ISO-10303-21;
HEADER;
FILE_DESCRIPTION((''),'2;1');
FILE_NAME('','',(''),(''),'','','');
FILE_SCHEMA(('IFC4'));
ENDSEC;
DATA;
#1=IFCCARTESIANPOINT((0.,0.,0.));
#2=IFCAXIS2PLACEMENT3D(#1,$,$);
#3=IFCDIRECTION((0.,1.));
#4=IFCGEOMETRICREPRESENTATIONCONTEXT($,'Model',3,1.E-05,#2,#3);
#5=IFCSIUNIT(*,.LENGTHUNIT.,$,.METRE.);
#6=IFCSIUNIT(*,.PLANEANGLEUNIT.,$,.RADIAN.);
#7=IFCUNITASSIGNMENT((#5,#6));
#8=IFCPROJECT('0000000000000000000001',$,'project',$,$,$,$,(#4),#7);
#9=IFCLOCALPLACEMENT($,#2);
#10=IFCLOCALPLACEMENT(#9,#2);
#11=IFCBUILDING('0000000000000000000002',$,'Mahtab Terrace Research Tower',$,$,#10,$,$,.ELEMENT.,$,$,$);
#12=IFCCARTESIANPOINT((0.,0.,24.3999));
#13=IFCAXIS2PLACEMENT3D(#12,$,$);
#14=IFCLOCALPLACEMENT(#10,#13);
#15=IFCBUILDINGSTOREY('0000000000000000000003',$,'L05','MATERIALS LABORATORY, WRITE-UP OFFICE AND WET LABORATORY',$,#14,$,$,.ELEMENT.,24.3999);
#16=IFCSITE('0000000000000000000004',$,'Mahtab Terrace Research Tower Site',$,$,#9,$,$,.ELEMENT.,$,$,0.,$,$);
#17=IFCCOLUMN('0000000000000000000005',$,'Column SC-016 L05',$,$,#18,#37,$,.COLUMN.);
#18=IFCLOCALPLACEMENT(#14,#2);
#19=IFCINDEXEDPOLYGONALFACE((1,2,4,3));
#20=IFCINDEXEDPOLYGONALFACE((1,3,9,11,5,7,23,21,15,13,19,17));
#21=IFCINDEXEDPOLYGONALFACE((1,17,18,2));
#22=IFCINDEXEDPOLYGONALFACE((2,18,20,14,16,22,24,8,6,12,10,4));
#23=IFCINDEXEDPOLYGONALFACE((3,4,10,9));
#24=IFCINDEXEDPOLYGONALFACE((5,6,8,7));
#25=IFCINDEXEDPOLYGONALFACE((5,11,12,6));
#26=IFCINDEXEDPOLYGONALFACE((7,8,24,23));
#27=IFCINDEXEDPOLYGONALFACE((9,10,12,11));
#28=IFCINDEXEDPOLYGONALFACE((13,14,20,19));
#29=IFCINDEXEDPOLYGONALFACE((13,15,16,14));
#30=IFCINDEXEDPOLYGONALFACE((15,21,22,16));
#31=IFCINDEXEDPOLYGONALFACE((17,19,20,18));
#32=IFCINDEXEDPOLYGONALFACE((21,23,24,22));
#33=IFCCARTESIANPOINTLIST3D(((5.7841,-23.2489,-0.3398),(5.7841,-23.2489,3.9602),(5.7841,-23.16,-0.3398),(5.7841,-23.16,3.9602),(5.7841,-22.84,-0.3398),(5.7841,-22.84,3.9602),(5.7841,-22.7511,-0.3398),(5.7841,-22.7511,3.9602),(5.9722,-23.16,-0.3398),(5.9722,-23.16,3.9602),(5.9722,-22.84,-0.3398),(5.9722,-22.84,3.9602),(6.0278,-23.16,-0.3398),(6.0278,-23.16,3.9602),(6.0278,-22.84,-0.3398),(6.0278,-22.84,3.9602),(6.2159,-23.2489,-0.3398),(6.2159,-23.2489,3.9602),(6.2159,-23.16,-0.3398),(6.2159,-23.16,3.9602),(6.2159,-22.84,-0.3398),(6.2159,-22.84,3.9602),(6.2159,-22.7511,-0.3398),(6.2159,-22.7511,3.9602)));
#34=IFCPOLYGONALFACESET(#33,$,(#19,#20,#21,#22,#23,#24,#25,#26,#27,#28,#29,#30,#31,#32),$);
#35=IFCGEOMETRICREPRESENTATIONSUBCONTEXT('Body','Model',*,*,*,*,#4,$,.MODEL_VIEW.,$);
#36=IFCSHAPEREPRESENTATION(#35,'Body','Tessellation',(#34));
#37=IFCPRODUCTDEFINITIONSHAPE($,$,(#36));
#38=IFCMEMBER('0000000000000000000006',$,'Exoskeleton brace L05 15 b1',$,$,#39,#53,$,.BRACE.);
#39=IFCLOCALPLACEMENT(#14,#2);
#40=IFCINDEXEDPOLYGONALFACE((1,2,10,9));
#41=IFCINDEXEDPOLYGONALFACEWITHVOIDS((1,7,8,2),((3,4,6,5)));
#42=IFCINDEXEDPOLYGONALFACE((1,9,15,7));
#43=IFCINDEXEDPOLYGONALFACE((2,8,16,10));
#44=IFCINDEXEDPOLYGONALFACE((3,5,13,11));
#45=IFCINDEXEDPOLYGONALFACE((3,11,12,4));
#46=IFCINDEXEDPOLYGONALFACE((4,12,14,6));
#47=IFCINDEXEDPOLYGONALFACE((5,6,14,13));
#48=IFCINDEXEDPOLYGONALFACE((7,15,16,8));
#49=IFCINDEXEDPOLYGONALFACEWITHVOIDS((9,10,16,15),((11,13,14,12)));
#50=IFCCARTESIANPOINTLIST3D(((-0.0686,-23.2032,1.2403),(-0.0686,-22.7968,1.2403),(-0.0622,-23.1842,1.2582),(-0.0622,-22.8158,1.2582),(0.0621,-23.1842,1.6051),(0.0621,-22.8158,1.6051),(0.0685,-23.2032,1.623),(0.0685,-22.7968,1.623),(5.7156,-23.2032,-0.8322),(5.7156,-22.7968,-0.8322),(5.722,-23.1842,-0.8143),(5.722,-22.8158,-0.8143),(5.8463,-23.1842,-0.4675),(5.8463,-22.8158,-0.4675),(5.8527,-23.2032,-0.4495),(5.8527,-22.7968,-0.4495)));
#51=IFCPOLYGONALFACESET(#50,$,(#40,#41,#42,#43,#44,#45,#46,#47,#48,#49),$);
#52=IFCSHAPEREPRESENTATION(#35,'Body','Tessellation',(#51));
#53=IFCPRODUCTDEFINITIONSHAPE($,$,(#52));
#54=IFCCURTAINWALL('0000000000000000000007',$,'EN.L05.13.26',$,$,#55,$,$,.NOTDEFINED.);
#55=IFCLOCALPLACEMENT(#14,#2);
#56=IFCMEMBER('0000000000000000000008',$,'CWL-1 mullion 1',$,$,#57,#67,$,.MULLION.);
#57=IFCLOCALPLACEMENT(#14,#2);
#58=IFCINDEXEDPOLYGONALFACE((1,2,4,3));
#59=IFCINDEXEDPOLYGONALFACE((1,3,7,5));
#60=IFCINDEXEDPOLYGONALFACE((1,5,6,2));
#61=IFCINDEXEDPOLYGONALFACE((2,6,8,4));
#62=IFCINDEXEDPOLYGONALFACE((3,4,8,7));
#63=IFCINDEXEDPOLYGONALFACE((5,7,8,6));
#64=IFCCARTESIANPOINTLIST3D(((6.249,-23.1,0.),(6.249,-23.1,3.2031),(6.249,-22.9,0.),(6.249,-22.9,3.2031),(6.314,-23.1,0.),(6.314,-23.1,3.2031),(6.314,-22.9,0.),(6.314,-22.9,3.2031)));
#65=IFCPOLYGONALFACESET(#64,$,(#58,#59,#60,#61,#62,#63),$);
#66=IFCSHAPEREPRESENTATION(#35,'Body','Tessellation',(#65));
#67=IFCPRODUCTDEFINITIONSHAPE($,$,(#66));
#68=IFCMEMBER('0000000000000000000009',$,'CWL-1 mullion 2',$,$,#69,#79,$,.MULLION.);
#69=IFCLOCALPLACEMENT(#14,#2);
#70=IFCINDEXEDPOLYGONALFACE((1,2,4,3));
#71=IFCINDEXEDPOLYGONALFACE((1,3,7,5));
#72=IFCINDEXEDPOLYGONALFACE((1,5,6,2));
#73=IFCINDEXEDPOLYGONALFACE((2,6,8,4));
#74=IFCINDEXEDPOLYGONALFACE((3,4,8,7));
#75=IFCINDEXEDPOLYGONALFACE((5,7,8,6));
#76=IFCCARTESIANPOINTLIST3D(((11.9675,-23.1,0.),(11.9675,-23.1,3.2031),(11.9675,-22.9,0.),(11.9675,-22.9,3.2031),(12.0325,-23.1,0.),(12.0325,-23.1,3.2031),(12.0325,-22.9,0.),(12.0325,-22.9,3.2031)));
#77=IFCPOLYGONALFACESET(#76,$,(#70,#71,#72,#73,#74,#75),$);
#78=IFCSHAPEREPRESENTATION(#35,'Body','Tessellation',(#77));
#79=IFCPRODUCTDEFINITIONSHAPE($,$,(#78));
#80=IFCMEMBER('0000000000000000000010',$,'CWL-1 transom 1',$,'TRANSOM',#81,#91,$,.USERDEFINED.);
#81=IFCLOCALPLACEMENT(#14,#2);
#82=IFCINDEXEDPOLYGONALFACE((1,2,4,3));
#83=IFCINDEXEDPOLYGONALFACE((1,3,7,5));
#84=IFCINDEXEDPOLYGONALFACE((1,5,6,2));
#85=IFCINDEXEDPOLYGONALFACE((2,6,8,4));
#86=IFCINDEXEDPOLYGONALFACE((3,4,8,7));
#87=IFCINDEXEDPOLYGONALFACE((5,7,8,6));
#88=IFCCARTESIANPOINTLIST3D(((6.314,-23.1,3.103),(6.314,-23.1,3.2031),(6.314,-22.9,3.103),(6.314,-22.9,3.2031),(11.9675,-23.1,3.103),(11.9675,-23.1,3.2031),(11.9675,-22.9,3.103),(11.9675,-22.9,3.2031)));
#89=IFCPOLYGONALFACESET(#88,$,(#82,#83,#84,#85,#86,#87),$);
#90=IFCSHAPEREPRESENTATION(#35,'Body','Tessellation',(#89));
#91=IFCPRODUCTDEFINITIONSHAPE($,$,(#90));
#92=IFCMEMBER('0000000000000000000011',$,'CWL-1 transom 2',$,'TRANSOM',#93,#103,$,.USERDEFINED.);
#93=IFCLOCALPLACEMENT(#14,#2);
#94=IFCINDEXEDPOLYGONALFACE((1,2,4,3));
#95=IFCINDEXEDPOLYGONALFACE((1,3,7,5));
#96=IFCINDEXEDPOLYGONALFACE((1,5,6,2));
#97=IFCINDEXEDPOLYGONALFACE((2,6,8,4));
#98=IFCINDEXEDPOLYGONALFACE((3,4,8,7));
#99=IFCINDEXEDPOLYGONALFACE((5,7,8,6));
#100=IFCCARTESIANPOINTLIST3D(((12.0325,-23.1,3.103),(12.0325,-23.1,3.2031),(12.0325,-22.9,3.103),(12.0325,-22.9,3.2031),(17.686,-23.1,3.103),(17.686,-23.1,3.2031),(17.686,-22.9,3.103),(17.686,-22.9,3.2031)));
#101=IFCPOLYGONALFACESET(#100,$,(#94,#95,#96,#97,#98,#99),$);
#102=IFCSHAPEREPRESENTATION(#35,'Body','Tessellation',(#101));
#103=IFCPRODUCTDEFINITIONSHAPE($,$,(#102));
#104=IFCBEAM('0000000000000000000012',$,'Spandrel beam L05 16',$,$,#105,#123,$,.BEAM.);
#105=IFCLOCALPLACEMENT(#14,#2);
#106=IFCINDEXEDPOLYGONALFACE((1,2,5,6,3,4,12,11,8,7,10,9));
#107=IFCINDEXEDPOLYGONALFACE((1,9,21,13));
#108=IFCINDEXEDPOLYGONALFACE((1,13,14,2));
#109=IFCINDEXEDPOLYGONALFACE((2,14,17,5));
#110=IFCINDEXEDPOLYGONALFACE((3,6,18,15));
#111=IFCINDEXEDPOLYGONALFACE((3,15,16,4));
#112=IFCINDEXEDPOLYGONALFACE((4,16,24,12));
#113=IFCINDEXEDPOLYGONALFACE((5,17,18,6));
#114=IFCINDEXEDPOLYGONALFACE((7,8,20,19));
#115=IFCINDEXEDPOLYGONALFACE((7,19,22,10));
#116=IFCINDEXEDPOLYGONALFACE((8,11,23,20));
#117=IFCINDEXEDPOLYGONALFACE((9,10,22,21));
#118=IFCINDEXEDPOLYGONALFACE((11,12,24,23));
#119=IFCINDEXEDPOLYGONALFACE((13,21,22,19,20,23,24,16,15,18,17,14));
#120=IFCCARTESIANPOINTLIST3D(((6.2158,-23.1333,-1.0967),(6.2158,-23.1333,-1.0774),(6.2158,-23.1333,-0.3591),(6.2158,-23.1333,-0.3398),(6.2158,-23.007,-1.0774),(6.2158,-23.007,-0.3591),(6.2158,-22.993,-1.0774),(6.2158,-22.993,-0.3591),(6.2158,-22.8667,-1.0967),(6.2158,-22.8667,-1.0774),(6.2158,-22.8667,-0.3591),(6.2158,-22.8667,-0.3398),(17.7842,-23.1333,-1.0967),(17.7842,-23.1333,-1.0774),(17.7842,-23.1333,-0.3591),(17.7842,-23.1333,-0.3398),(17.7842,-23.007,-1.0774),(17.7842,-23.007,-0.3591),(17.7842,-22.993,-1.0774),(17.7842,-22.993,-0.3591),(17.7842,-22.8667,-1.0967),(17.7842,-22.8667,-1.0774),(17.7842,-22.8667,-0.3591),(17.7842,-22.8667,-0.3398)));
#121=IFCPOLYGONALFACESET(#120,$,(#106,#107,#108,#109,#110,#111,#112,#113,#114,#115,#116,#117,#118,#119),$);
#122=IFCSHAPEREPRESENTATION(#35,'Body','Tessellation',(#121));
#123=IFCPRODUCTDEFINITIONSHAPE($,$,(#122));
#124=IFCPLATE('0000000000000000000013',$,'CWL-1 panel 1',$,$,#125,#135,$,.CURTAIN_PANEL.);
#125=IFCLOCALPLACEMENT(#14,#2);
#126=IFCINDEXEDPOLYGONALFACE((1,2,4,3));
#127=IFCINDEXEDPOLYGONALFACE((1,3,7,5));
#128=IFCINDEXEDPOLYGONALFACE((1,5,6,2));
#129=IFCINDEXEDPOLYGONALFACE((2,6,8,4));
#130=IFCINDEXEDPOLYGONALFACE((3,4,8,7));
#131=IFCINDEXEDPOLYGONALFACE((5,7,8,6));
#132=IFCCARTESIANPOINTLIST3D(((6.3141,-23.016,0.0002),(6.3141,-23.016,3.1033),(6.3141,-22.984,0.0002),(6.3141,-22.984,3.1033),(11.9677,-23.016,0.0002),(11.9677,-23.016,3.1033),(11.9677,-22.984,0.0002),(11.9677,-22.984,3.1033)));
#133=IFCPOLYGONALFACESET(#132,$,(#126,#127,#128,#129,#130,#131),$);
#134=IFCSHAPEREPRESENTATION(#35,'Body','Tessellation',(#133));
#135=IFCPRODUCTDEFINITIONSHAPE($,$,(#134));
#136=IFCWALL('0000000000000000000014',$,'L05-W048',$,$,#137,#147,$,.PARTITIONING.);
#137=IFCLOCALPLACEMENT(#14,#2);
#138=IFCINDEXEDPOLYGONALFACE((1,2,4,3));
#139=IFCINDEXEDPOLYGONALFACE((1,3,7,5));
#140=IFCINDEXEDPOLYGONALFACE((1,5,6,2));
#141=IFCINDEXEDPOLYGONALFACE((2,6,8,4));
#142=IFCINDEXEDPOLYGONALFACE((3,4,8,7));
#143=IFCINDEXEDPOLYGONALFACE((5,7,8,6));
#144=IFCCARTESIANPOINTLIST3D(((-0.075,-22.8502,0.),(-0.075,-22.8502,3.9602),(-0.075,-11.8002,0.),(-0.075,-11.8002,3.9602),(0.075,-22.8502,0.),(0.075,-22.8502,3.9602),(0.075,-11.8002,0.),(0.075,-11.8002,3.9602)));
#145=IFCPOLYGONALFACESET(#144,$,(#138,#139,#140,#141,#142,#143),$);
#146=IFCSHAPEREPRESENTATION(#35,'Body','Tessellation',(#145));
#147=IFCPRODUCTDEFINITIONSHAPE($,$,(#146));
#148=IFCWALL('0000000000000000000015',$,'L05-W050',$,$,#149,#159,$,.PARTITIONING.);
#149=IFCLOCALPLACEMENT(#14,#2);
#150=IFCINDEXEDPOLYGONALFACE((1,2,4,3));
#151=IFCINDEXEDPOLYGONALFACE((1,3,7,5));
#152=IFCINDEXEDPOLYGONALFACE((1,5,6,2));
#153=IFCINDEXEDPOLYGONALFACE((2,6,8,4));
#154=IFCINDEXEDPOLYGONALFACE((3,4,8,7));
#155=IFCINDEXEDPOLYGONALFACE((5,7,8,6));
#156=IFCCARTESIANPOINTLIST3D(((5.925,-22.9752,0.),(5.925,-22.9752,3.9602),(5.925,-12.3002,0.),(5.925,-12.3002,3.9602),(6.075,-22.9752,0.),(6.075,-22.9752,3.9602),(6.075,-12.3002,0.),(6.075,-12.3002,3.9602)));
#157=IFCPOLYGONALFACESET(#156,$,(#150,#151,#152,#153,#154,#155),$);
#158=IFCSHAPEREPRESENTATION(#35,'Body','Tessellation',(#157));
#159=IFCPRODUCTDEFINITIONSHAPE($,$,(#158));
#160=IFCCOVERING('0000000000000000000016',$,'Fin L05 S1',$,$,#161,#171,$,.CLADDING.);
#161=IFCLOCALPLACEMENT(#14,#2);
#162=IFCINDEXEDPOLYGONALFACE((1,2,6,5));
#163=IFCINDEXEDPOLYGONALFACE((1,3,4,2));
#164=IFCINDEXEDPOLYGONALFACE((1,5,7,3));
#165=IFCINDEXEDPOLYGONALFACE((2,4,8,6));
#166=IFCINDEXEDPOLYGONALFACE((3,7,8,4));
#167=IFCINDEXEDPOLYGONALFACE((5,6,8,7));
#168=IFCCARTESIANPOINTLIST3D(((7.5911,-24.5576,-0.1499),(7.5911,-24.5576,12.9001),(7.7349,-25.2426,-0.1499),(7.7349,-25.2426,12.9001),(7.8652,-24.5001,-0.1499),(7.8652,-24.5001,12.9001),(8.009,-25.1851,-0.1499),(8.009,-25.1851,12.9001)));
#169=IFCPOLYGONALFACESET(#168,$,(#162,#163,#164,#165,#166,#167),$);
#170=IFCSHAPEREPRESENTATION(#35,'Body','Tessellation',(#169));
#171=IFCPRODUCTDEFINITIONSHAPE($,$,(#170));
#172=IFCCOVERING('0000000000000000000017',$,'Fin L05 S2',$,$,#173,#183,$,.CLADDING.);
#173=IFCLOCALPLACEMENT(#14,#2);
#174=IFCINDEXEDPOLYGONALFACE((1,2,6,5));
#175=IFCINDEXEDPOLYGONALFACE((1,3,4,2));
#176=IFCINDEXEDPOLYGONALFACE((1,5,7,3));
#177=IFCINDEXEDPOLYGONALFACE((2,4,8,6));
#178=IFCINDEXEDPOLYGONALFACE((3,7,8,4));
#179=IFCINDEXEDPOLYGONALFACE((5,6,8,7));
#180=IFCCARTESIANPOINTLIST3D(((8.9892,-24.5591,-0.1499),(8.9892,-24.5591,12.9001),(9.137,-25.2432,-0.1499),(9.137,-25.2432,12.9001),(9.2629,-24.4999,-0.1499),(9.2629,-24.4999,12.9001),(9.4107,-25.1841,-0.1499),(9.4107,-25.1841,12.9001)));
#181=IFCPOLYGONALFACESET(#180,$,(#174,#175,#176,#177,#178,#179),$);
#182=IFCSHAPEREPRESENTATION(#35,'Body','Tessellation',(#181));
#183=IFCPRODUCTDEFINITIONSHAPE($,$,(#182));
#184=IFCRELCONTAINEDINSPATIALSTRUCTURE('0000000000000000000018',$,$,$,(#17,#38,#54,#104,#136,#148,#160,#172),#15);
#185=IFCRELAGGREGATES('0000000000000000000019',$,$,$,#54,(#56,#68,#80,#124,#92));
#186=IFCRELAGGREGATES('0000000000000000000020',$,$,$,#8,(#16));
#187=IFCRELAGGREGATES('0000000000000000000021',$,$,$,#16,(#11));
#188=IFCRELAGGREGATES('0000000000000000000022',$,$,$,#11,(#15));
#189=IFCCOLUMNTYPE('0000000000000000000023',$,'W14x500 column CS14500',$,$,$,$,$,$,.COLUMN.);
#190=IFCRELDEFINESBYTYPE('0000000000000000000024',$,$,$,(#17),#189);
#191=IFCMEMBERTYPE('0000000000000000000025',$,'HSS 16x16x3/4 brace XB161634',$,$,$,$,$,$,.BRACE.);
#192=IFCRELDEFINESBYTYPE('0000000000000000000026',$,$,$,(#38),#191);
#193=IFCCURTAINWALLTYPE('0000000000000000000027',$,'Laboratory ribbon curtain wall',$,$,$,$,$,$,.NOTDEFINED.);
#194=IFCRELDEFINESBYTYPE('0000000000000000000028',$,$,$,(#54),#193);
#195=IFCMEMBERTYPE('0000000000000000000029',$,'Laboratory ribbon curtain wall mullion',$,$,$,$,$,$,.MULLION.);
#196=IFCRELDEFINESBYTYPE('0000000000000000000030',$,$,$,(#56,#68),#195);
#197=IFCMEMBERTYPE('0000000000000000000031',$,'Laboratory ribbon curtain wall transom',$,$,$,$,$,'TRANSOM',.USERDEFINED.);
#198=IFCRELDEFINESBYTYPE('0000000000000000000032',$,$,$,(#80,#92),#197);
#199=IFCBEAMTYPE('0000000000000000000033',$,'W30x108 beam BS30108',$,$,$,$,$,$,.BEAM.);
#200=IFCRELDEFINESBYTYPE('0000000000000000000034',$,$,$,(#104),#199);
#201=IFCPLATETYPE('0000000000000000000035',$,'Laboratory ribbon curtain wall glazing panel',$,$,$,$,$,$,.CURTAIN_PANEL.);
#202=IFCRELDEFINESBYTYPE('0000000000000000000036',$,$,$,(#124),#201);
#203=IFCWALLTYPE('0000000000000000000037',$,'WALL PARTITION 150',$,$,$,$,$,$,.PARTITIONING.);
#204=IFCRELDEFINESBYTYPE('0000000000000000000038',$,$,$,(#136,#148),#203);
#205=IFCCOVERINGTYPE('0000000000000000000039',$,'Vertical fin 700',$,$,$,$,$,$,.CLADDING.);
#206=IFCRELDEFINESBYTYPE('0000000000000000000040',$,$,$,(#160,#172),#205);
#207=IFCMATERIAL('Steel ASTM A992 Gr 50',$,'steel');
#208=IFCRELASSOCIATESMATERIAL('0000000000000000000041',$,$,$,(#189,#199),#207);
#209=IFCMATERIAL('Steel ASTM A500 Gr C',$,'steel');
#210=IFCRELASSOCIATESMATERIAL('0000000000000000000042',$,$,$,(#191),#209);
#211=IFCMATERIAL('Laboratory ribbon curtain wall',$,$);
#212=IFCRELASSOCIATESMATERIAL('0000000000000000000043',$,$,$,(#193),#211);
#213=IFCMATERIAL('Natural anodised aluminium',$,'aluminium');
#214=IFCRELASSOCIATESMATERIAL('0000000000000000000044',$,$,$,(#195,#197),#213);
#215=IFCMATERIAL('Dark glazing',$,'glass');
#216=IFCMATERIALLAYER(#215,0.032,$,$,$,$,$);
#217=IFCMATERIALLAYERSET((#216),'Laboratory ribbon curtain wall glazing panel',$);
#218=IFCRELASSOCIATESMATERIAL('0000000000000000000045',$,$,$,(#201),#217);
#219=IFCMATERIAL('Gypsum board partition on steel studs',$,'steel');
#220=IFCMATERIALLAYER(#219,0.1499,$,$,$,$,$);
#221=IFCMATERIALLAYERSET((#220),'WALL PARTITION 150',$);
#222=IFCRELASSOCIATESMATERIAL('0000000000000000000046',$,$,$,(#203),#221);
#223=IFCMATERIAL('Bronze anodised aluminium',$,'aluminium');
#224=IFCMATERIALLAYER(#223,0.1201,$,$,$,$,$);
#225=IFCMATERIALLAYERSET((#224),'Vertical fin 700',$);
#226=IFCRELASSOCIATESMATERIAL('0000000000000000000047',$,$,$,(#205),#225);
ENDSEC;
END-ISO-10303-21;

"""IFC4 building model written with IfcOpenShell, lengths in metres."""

from ifc_helpers import new_model, si_unit, direction, frame, frame_2d, origin, origin_2d, place, context, subcontext, project, spatial, rectangle, hollow_rectangle, i_section, extrude, material, layer, layer_set, material_profile, profile_set, type_object, element, aggregate, save


model = new_model("IFC4")

# Units and contexts
model_context = context("Model", 3, precision=1e-05, world=origin(), true_north=direction((0.0, 1.0)))
body_context = subcontext(model_context, "Body", "Model", "MODEL_VIEW")
ifc_project = project(units=[si_unit("LENGTHUNIT", "METRE"), si_unit("PLANEANGLEUNIT", "RADIAN")], contexts=[model_context])

# Site, building, storey
site_placement = place(None, origin())
site = spatial("IfcSite", under=ifc_project, at=site_placement, Name="Mahtab Terrace Research Tower Site", CompositionType="ELEMENT", RefElevation=0.0)
building_placement = place(site_placement, origin())
building = spatial("IfcBuilding", under=site, at=building_placement, Name="Mahtab Terrace Research Tower", CompositionType="ELEMENT")
storey_placement = place(building_placement, frame((0.0, 0.0, 24.3999)))
storey = spatial("IfcBuildingStorey", under=building, at=storey_placement, Name="L05", Description="MATERIALS LABORATORY, WRITE-UP OFFICE AND WET LABORATORY", CompositionType="ELEMENT", Elevation=24.3999)

# Column
ifc_material_1 = material(Name="Steel ASTM A992 Gr 50", Category="steel")
ifc_material_profile_1 = material_profile(ifc_material_1, i_section(OverallWidth=0.4319, OverallDepth=0.4978, WebThickness=0.0557, FlangeThickness=0.0889, at=origin_2d()), Name="W14X500")
ifc_profile_set_1 = profile_set([ifc_material_profile_1], Name="Steel ASTM A992 Gr 50")
column_type = type_object("IfcColumnType", Name="W14x500 column CS14500", PredefinedType="COLUMN", material=ifc_profile_set_1)
column_placement = place(storey_placement, frame((6.0, -23.0, -0.3398), z_axis=(0.0, 0.0, 1.0), x_axis=(1.0, 0.0, 0.0)))
element("IfcColumn", 1, at=column_placement, inside=storey, type_object=column_type, Name="Column SC-016 L05", PredefinedType="COLUMN", context=body_context, shape_type="SweptSolid", body=[
    extrude(i_section(OverallWidth=0.4319, OverallDepth=0.4978, WebThickness=0.0557, FlangeThickness=0.0889, at=origin_2d()), origin(), (0.0, 0.0, 1.0), 4.3),
])

# Member
ifc_material_2 = material(Name="Steel ASTM A500 Gr C", Category="steel")
ifc_material_profile_2 = material_profile(ifc_material_2, hollow_rectangle(XDim=0.4065, YDim=0.4065, WallThickness=0.019, at=origin_2d()), Name="HSS16X16X3/4")
ifc_profile_set_2 = profile_set([ifc_material_profile_2], Name="Steel ASTM A500 Gr C")
member_type_1 = type_object("IfcMemberType", Name="HSS 16x16x3/4 brace XB161634", PredefinedType="BRACE", material=ifc_profile_set_2)
member_1_placement = place(storey_placement, frame((5.7842, -23.0, -0.6409), z_axis=(-0.941394, 0.0, 0.337308), x_axis=(0.0, -1.0, 0.0)))
element("IfcMember", 2, at=member_1_placement, inside=storey, type_object=member_type_1, Name="Exoskeleton brace L05 15 b1", PredefinedType="BRACE", context=body_context, shape_type="SweptSolid", body=[
    extrude(hollow_rectangle(XDim=0.4065, YDim=0.4065, WallThickness=0.019, at=origin_2d()), origin(), (0.0, 0.0, 1.0), 6.1443),
])

# Curtain wall, members
ifc_material_3 = material(Name="Laboratory ribbon curtain wall")
curtain_wall_type = type_object("IfcCurtainWallType", Name="Laboratory ribbon curtain wall", PredefinedType="NOTDEFINED", material=ifc_material_3)
curtain_wall_placement = place(storey_placement, origin())
curtain_wall = element("IfcCurtainWall", 3, at=curtain_wall_placement, inside=storey, type_object=curtain_wall_type, Name="EN.L05.13.26", PredefinedType="NOTDEFINED")
ifc_material_4 = material(Name="Natural anodised aluminium", Category="aluminium")
ifc_material_profile_3 = material_profile(ifc_material_4, rectangle(XDim=0.2, YDim=0.0649, at=origin_2d()), Name="MULLION 65x200")
ifc_profile_set_3 = profile_set([ifc_material_profile_3], Name="Natural anodised aluminium")
member_type_2 = type_object("IfcMemberType", Name="Laboratory ribbon curtain wall mullion", PredefinedType="MULLION", material=ifc_profile_set_3)
member_2_placement = place(storey_placement, frame((6.2815, -23.0, 0.0), z_axis=(0.0, 0.0, 1.0), x_axis=(0.0, 1.0, 0.0)))
member_2 = element("IfcMember", 4, at=member_2_placement, type_object=member_type_2, Name="CWL-1 mullion 1", PredefinedType="MULLION", context=body_context, shape_type="SweptSolid", body=[
    extrude(rectangle(XDim=0.2, YDim=0.0649, at=origin_2d()), origin(), (0.0, 0.0, 1.0), 3.2031),
])
member_3_placement = place(storey_placement, frame((12.0, -23.0, 0.0), z_axis=(0.0, 0.0, 1.0), x_axis=(0.0, 1.0, 0.0)))
member_3 = element("IfcMember", 5, at=member_3_placement, type_object=member_type_2, Name="CWL-1 mullion 2", PredefinedType="MULLION", context=body_context, shape_type="SweptSolid", body=[
    extrude(rectangle(XDim=0.2, YDim=0.0649, at=origin_2d()), origin(), (0.0, 0.0, 1.0), 3.2031),
])
ifc_material_profile_4 = material_profile(ifc_material_4, rectangle(XDim=0.2, YDim=0.1001, at=origin_2d()), Name="TRANSOM 100x200")
ifc_profile_set_4 = profile_set([ifc_material_profile_4], Name="Natural anodised aluminium")
member_type_3 = type_object("IfcMemberType", Name="Laboratory ribbon curtain wall transom", ElementType="TRANSOM", PredefinedType="USERDEFINED", material=ifc_profile_set_4)
member_4_placement = place(storey_placement, frame((6.314, -23.0, 3.1531), z_axis=(1.0, 0.0, 0.0), x_axis=(0.0, 1.0, 0.0)))
member_4 = element("IfcMember", 6, at=member_4_placement, type_object=member_type_3, Name="CWL-1 transom 1", ObjectType="TRANSOM", PredefinedType="USERDEFINED", context=body_context, shape_type="SweptSolid", body=[
    extrude(rectangle(XDim=0.2, YDim=0.1001, at=origin_2d()), origin(), (0.0, 0.0, 1.0), 5.6536),
])
member_5_placement = place(storey_placement, frame((12.0325, -23.0, 3.1531), z_axis=(1.0, 0.0, 0.0), x_axis=(0.0, 1.0, 0.0)))
member_5 = element("IfcMember", 7, at=member_5_placement, type_object=member_type_3, Name="CWL-1 transom 2", ObjectType="TRANSOM", PredefinedType="USERDEFINED", context=body_context, shape_type="SweptSolid", body=[
    extrude(rectangle(XDim=0.2, YDim=0.1001, at=origin_2d()), origin(), (0.0, 0.0, 1.0), 5.6536),
])

# Beam
ifc_material_profile_5 = material_profile(ifc_material_1, i_section(OverallWidth=0.2666, OverallDepth=0.7568, WebThickness=0.0139, FlangeThickness=0.0193, at=origin_2d()), Name="W30X108")
ifc_profile_set_5 = profile_set([ifc_material_profile_5], Name="Steel ASTM A992 Gr 50")
beam_type = type_object("IfcBeamType", Name="W30x108 beam BS30108", PredefinedType="BEAM", material=ifc_profile_set_5)
beam_placement = place(storey_placement, frame((6.2158, -23.0, -0.7183), z_axis=(1.0, 0.0, 0.0), x_axis=(0.0, 1.0, 0.0)))
element("IfcBeam", 8, at=beam_placement, inside=storey, type_object=beam_type, Name="Spandrel beam L05 16", PredefinedType="BEAM", context=body_context, shape_type="SweptSolid", body=[
    extrude(i_section(OverallWidth=0.2666, OverallDepth=0.7568, WebThickness=0.0139, FlangeThickness=0.0193, at=origin_2d()), origin(), (0.0, 0.0, 1.0), 11.5684),
])

# Plate
ifc_material_5 = material(Name="Dark glazing", Category="glass")
ifc_layer_1 = layer(ifc_material_5, 0.032)
ifc_layer_set_1 = layer_set([ifc_layer_1], Name="Laboratory ribbon curtain wall glazing panel")
plate_type = type_object("IfcPlateType", Name="Laboratory ribbon curtain wall glazing panel", PredefinedType="CURTAIN_PANEL", material=ifc_layer_set_1)
plate_placement = place(storey_placement, frame((9.1409, -23.0, 0.0002), z_axis=(0.0, 0.0, 1.0), x_axis=(1.0, 0.0, 0.0)))
plate = element("IfcPlate", 9, at=plate_placement, type_object=plate_type, Name="CWL-1 panel 1", PredefinedType="CURTAIN_PANEL", context=body_context, shape_type="SweptSolid", body=[
    extrude(rectangle(XDim=5.6536, YDim=0.032, at=origin_2d()), origin(), (0.0, 0.0, 1.0), 3.103),
])
aggregate(curtain_wall, [member_2, member_3, member_4, plate, member_5])

# Walls
ifc_material_6 = material(Name="Gypsum board partition on steel studs", Category="steel")
ifc_layer_2 = layer(ifc_material_6, 0.1499)
ifc_layer_set_2 = layer_set([ifc_layer_2], Name="WALL PARTITION 150")
wall_type = type_object("IfcWallType", Name="WALL PARTITION 150", PredefinedType="PARTITIONING", material=ifc_layer_set_2)
wall_1_placement = place(storey_placement, frame((0.0, -22.8501, 0.0), z_axis=(0.0, 0.0, 1.0), x_axis=(0.0, 1.0, 0.0)))
element("IfcWall", 10, at=wall_1_placement, inside=storey, type_object=wall_type, Name="L05-W048", PredefinedType="PARTITIONING", context=body_context, shape_type="SweptSolid", body=[
    extrude(rectangle(XDim=11.05, YDim=0.1499, at=frame_2d((5.5249, 0.0))), origin(), (0.0, 0.0, 1.0), 3.9602),
])
wall_2_placement = place(storey_placement, frame((6.0, -22.9751, 0.0), z_axis=(0.0, 0.0, 1.0), x_axis=(0.0, 1.0, 0.0)))
element("IfcWall", 11, at=wall_2_placement, inside=storey, type_object=wall_type, Name="L05-W050", PredefinedType="PARTITIONING", context=body_context, shape_type="SweptSolid", body=[
    extrude(rectangle(XDim=10.675, YDim=0.1499, at=frame_2d((5.3374, 0.0))), origin(), (0.0, 0.0, 1.0), 3.9602),
])

# Coverings
ifc_material_7 = material(Name="Bronze anodised aluminium", Category="aluminium")
ifc_layer_3 = layer(ifc_material_7, 0.1201)
ifc_layer_set_3 = layer_set([ifc_layer_3], Name="Vertical fin 700")
covering_type = type_object("IfcCoveringType", Name="Vertical fin 700", PredefinedType="CLADDING", material=ifc_layer_set_3)
for number, where, z_axis, x_axis, name in (
    (12, (7.8, -24.8713, -0.1499), (0.0, 0.0, 1.0), (0.978663, 0.205472, 0.0), "Fin L05 S1"),
    (13, (9.2, -24.8716, -0.1499), (0.0, 0.0, 1.0), (0.977451, 0.211162, 0.0), "Fin L05 S2"),
):
    element("IfcCovering", number, at=place(storey_placement, frame(where, z_axis=z_axis, x_axis=x_axis)), inside=storey, type_object=covering_type, Name=name, PredefinedType="CLADDING", context=body_context, shape_type="SweptSolid", body=[
        extrude(rectangle(XDim=0.28, YDim=0.7, at=origin_2d()), origin(), (0.0, 0.0, 1.0), 13.05),
    ])

save(model, "model.ifc")
